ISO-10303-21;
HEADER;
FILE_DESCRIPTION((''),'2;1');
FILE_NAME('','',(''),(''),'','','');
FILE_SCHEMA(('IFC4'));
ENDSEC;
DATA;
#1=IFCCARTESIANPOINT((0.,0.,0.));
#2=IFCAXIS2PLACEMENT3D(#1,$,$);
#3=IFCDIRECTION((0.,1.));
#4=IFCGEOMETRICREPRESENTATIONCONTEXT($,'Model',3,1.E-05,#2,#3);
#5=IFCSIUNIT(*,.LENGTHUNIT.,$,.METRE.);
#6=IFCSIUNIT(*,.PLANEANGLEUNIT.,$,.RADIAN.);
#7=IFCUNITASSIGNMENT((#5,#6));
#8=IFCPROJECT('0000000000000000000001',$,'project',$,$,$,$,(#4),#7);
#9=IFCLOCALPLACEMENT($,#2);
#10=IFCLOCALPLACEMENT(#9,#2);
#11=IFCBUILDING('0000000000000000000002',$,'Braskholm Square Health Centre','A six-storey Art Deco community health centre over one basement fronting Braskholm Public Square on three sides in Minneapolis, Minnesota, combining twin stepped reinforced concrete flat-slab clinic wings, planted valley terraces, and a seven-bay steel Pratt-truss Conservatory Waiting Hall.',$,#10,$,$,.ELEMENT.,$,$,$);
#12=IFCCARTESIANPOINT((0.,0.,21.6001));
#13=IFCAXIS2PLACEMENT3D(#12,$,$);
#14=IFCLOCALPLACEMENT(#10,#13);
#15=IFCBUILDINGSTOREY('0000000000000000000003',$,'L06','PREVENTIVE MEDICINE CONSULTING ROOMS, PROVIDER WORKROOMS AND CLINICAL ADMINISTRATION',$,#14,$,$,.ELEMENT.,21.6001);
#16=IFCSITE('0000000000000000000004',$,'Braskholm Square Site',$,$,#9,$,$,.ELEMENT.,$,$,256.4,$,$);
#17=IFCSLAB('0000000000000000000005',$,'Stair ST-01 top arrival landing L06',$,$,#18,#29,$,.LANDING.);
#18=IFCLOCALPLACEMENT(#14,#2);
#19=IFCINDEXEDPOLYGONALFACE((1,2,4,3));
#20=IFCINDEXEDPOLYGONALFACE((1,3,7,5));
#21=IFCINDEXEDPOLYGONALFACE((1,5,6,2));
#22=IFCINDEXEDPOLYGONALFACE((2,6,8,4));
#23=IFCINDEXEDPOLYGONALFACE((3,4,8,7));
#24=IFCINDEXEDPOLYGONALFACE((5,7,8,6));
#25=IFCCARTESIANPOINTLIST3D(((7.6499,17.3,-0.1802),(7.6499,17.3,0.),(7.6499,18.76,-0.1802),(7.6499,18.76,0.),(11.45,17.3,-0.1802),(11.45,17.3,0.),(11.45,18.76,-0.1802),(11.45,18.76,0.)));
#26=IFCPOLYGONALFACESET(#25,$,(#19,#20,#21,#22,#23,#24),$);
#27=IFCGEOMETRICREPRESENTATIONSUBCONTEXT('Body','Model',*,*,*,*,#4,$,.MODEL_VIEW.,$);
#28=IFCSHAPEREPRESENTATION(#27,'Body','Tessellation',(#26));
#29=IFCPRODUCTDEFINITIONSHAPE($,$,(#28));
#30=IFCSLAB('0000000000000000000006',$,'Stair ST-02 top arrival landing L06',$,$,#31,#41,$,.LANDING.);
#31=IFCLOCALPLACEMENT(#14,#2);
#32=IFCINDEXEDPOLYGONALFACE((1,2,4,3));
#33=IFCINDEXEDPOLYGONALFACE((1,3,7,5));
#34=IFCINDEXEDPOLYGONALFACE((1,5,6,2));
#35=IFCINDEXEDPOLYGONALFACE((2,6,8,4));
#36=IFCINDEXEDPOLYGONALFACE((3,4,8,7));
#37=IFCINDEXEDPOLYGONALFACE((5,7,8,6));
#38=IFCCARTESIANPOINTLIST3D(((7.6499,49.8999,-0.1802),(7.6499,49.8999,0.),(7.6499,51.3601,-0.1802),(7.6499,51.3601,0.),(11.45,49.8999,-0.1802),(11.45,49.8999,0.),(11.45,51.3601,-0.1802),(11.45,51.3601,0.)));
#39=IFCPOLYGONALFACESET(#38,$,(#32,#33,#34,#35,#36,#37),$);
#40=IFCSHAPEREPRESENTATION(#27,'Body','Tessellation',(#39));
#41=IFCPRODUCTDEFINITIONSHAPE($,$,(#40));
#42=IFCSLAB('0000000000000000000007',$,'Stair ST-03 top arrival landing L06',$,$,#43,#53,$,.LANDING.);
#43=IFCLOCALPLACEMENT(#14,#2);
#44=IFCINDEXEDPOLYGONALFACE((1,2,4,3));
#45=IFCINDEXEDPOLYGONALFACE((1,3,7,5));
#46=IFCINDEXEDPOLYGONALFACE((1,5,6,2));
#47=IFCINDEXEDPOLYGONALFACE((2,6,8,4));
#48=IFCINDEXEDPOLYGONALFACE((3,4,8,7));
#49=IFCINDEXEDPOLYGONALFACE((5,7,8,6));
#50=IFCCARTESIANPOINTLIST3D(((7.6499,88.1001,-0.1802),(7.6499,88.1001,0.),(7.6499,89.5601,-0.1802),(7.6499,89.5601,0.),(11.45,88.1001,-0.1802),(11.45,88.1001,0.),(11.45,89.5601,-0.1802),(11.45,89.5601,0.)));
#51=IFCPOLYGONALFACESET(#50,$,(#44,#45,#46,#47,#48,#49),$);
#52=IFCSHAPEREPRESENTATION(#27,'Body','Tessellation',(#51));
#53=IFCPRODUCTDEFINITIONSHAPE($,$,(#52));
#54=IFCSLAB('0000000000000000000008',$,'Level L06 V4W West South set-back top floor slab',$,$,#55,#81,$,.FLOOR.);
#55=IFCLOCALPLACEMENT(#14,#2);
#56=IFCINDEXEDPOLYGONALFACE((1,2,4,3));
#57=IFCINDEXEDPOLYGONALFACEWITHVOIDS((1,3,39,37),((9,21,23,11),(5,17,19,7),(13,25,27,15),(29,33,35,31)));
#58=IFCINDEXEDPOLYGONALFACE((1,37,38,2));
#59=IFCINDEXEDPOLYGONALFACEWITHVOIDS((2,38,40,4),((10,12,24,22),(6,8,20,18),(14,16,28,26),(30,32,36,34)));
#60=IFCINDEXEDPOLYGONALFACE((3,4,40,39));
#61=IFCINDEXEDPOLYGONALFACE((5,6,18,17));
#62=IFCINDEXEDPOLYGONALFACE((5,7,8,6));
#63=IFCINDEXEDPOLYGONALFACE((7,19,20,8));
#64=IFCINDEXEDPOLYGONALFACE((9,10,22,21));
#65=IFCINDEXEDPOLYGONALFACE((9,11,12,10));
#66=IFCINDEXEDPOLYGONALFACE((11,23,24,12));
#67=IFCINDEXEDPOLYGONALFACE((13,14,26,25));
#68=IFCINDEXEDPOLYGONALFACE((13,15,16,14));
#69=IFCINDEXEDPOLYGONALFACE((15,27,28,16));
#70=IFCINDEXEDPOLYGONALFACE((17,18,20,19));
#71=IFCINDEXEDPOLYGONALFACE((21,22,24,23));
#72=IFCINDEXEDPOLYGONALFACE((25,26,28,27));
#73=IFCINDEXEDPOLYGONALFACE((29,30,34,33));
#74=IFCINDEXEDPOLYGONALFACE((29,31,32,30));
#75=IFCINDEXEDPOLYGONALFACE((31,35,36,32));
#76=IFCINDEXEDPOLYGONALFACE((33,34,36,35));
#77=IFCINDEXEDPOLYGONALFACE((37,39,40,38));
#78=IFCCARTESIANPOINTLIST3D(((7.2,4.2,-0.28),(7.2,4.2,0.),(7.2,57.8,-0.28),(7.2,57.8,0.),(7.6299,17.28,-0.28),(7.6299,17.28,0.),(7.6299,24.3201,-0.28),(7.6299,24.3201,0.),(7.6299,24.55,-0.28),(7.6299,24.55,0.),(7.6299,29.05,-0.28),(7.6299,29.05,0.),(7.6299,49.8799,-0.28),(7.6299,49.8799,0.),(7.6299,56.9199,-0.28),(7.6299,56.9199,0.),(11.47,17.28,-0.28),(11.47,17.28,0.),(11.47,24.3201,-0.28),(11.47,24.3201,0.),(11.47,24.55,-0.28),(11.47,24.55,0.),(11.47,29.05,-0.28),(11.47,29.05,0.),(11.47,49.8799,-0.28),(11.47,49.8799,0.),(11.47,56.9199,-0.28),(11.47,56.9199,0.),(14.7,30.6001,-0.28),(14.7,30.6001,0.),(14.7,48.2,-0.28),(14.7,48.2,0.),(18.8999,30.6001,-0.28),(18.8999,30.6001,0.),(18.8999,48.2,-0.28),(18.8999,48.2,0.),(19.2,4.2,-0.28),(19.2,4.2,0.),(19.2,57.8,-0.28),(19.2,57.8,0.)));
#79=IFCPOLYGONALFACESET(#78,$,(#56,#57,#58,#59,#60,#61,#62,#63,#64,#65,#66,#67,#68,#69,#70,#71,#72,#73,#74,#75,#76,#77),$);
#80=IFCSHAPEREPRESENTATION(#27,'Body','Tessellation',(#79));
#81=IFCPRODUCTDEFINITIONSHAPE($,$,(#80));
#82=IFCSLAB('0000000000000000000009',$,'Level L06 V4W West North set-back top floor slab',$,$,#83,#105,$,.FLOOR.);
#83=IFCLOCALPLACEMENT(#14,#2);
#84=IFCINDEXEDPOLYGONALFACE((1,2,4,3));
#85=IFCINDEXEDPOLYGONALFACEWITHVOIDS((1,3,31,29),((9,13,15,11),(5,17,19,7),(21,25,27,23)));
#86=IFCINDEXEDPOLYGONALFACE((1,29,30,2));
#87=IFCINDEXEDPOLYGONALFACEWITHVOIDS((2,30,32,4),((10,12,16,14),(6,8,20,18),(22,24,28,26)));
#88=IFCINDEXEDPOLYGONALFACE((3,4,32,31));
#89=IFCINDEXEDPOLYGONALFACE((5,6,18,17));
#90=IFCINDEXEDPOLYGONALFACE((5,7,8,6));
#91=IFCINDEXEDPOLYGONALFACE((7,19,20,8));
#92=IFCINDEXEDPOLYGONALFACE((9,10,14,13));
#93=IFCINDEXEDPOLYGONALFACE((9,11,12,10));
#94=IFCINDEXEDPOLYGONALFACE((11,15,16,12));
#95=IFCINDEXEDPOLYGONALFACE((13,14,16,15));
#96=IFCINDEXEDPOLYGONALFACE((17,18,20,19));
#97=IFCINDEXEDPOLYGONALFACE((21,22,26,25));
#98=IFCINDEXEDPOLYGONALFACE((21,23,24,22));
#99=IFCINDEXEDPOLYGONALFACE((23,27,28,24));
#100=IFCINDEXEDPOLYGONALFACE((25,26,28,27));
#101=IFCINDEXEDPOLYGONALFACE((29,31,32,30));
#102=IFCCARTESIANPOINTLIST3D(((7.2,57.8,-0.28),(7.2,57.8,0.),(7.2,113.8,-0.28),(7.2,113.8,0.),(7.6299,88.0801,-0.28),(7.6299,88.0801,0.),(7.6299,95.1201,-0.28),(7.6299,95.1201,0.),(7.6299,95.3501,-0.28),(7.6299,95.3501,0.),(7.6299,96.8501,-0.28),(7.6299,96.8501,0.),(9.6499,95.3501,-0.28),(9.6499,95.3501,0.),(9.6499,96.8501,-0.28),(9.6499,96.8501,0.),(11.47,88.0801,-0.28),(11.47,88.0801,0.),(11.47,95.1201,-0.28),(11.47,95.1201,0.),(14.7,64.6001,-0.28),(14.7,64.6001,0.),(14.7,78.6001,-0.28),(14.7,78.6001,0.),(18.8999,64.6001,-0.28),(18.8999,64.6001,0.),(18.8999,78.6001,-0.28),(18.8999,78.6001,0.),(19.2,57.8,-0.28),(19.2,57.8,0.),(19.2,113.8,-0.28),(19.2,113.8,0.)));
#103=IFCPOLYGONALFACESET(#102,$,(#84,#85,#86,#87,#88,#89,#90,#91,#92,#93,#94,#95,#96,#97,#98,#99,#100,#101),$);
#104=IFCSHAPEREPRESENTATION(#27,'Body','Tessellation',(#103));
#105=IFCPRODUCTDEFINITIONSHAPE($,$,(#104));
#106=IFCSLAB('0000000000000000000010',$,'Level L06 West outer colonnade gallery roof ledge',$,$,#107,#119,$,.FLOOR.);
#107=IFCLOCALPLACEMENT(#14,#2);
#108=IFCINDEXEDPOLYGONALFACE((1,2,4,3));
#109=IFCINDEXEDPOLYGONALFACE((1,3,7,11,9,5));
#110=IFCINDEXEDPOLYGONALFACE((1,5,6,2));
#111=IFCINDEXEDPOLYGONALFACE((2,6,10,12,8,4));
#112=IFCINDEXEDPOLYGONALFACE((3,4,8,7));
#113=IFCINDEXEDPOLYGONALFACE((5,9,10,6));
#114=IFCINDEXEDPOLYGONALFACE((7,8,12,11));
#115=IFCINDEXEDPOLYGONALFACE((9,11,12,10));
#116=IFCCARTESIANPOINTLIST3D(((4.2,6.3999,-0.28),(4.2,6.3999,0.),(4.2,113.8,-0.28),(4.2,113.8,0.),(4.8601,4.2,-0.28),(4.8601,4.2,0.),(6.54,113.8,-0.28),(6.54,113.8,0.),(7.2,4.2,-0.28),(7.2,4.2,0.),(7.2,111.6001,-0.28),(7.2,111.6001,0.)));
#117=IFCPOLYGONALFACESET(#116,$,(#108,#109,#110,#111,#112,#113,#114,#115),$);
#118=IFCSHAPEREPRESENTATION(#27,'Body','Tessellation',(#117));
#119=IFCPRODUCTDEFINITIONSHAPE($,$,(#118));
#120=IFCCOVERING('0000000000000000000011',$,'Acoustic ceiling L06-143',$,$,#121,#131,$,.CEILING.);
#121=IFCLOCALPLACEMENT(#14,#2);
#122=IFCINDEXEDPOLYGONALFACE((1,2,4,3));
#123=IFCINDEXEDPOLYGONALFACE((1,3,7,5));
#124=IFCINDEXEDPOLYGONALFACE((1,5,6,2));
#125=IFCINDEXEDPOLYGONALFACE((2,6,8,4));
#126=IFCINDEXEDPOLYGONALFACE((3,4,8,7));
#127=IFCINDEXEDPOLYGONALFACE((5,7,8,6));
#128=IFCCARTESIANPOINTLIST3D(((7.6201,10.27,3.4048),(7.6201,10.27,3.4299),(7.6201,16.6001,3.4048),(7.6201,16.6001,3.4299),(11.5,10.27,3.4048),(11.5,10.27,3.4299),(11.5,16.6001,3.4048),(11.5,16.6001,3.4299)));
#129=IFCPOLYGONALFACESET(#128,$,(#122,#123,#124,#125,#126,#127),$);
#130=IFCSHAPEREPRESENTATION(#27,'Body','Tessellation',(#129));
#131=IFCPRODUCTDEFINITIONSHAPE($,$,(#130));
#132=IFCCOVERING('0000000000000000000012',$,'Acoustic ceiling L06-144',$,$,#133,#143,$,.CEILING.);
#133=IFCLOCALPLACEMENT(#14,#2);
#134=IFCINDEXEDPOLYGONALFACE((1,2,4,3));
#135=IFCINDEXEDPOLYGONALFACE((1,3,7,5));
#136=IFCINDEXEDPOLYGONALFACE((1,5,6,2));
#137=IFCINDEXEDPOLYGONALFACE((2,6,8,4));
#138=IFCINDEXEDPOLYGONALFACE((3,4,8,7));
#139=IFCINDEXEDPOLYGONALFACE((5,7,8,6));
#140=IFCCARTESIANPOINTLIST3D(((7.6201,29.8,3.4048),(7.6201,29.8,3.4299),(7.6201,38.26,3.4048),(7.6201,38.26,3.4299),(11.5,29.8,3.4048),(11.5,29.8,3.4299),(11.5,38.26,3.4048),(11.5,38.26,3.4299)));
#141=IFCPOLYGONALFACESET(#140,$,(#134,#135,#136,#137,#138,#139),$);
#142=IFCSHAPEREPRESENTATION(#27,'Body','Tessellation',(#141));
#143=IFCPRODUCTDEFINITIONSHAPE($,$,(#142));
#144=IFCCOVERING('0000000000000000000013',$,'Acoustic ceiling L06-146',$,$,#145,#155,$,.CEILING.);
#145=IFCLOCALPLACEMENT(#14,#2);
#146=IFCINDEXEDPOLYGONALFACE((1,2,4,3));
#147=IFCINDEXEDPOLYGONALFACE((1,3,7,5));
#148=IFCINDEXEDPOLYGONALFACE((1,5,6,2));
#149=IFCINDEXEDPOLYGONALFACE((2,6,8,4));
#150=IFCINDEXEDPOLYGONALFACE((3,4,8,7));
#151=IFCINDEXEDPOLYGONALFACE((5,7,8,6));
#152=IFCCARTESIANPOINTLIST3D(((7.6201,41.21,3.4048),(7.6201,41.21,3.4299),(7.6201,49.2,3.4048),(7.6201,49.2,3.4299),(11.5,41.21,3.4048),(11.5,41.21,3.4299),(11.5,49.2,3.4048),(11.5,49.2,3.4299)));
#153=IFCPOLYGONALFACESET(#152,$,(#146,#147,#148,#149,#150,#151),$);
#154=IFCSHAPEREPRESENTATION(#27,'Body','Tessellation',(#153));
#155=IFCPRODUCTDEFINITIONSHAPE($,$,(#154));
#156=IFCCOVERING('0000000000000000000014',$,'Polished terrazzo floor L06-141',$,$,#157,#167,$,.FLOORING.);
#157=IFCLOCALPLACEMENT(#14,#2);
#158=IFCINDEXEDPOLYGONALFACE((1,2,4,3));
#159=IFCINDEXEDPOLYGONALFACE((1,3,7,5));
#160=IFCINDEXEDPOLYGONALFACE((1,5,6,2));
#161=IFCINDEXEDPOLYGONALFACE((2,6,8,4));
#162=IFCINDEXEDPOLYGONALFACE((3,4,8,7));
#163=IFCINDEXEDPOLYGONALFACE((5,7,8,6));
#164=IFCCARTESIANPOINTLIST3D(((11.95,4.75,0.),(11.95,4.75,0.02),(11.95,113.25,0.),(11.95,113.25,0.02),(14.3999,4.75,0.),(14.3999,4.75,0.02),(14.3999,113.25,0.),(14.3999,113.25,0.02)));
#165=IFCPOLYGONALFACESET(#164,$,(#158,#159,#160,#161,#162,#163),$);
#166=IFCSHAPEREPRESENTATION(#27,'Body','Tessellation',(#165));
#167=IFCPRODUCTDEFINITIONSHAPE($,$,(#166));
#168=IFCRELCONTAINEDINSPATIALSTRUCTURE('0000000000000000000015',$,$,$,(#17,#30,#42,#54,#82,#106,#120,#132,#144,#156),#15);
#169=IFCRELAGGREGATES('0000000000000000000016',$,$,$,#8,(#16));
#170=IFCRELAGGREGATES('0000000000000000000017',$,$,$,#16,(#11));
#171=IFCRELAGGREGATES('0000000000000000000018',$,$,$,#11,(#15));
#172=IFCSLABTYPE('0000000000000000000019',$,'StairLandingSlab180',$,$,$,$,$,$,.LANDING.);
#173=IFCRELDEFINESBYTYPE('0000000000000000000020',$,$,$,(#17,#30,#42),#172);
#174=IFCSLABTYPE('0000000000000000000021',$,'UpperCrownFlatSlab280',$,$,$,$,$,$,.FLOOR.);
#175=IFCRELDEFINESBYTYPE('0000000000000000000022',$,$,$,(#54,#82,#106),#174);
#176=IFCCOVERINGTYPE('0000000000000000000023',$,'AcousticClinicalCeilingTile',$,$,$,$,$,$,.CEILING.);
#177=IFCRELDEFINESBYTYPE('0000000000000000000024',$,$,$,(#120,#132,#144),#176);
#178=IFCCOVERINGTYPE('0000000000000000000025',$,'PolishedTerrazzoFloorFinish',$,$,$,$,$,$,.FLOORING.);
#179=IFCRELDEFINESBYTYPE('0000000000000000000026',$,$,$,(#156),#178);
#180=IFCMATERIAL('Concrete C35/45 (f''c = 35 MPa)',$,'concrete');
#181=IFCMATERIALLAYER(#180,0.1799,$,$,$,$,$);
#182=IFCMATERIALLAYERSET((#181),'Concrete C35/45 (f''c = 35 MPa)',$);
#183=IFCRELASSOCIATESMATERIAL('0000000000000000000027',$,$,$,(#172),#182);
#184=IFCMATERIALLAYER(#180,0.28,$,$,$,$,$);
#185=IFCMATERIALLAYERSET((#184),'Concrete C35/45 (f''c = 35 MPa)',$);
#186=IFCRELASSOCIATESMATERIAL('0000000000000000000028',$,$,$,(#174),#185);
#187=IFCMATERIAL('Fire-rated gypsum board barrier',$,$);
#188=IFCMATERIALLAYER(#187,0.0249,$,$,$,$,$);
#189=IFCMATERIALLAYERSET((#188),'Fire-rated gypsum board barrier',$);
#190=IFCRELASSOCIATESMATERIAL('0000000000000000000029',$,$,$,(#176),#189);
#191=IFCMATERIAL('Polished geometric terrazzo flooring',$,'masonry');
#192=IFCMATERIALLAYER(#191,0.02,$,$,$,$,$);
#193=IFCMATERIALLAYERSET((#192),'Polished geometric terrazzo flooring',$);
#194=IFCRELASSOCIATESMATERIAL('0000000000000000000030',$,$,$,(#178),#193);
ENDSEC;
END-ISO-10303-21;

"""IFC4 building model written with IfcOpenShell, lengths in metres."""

from ifc_helpers import new_model, si_unit, direction, frame, origin, place, context, subcontext, project, spatial, polyline, outline, extrude, material, layer, layer_set, type_object, element, save


model = new_model("IFC4")

# Units and contexts
model_context = context("Model", 3, precision=1e-05, world=origin(), true_north=direction((0.0, 1.0)))
body_context = subcontext(model_context, "Body", "Model", "MODEL_VIEW")
ifc_project = project(units=[si_unit("LENGTHUNIT", "METRE"), si_unit("PLANEANGLEUNIT", "RADIAN")], contexts=[model_context])

# Site, building, storey
site_placement = place(None, origin())
site = spatial("IfcSite", under=ifc_project, at=site_placement, Name="Braskholm Square Site", CompositionType="ELEMENT", RefElevation=256.4)
building_placement = place(site_placement, origin())
building = spatial("IfcBuilding", under=site, at=building_placement, Name="Braskholm Square Health Centre", Description="A six-storey Art Deco community health centre over one basement fronting Braskholm Public Square on three sides in Minneapolis, Minnesota, combining twin stepped reinforced concrete flat-slab clinic wings, planted valley terraces, and a seven-bay steel Pratt-truss Conservatory Waiting Hall.", CompositionType="ELEMENT")
storey_placement = place(building_placement, frame((0.0, 0.0, 21.6001)))
storey = spatial("IfcBuildingStorey", under=building, at=storey_placement, Name="L06", Description="PREVENTIVE MEDICINE CONSULTING ROOMS, PROVIDER WORKROOMS AND CLINICAL ADMINISTRATION", CompositionType="ELEMENT", Elevation=21.6001)

# Slabs
ifc_material_1 = material(Name="Concrete C35/45 (f'c = 35 MPa)", Category="concrete")
ifc_layer_1 = layer(ifc_material_1, 0.1799)
ifc_layer_set_1 = layer_set([ifc_layer_1], Name="Concrete C35/45 (f'c = 35 MPa)")
slab_type_1 = type_object("IfcSlabType", Name="StairLandingSlab180", PredefinedType="LANDING", material=ifc_layer_set_1)
slab_1_placement = place(storey_placement, frame((0.0, 0.0, -0.1802)))
element("IfcSlab", 1, at=slab_1_placement, inside=storey, type_object=slab_type_1, Name="Stair ST-01 top arrival landing L06", PredefinedType="LANDING", context=body_context, shape_type="SweptSolid", body=[
    extrude(outline(polyline([(7.6499, 17.3), (11.45, 17.3), (11.45, 18.76), (7.6499, 18.76), (7.6499, 17.3)])), origin(), (0.0, 0.0, 1.0), 0.1802),
])
slab_2_placement = place(storey_placement, frame((0.0, 0.0, -0.1802)))
element("IfcSlab", 2, at=slab_2_placement, inside=storey, type_object=slab_type_1, Name="Stair ST-02 top arrival landing L06", PredefinedType="LANDING", context=body_context, shape_type="SweptSolid", body=[
    extrude(outline(polyline([(7.6499, 49.8999), (11.45, 49.8999), (11.45, 51.3601), (7.6499, 51.3601), (7.6499, 49.8999)])), origin(), (0.0, 0.0, 1.0), 0.1802),
])
slab_3_placement = place(storey_placement, frame((0.0, 0.0, -0.1802)))
element("IfcSlab", 3, at=slab_3_placement, inside=storey, type_object=slab_type_1, Name="Stair ST-03 top arrival landing L06", PredefinedType="LANDING", context=body_context, shape_type="SweptSolid", body=[
    extrude(outline(polyline([(7.6499, 88.1001), (11.45, 88.1001), (11.45, 89.5601), (7.6499, 89.5601), (7.6499, 88.1001)])), origin(), (0.0, 0.0, 1.0), 0.1802),
])
ifc_layer_2 = layer(ifc_material_1, 0.28)
ifc_layer_set_2 = layer_set([ifc_layer_2], Name="Concrete C35/45 (f'c = 35 MPa)")
slab_type_2 = type_object("IfcSlabType", Name="UpperCrownFlatSlab280", PredefinedType="FLOOR", material=ifc_layer_set_2)
slab_4_placement = place(storey_placement, frame((0.0, 0.0, -0.28)))
element("IfcSlab", 4, at=slab_4_placement, inside=storey, type_object=slab_type_2, Name="Level L06 V4W West South set-back top floor slab", PredefinedType="FLOOR", context=body_context, shape_type="SweptSolid", body=[
    extrude(outline(polyline([(7.2, 4.2), (19.2, 4.2), (19.2, 57.8), (7.2, 57.8), (7.2, 4.2)]), holes=[polyline([(7.6299, 17.28), (11.47, 17.28), (11.47, 24.3201), (7.6299, 24.3201), (7.6299, 17.28)]), polyline([(7.6299, 24.55), (11.47, 24.55), (11.47, 29.05), (7.6299, 29.05), (7.6299, 24.55)]), polyline([(7.6299, 49.8799), (11.47, 49.8799), (11.47, 56.9199), (7.6299, 56.9199), (7.6299, 49.8799)]), polyline([(14.7, 30.6001), (18.8999, 30.6001), (18.8999, 48.2), (14.7, 48.2), (14.7, 30.6001)])]), origin(), (0.0, 0.0, 1.0), 0.28),
])
slab_5_placement = place(storey_placement, frame((0.0, 0.0, -0.28)))
element("IfcSlab", 5, at=slab_5_placement, inside=storey, type_object=slab_type_2, Name="Level L06 V4W West North set-back top floor slab", PredefinedType="FLOOR", context=body_context, shape_type="SweptSolid", body=[
    extrude(outline(polyline([(7.2, 57.8), (19.2, 57.8), (19.2, 113.8), (7.2, 113.8), (7.2, 57.8)]), holes=[polyline([(7.6299, 88.0801), (11.47, 88.0801), (11.47, 95.1201), (7.6299, 95.1201), (7.6299, 88.0801)]), polyline([(7.6299, 95.3501), (9.6499, 95.3501), (9.6499, 96.8501), (7.6299, 96.8501), (7.6299, 95.3501)]), polyline([(14.7, 64.6001), (18.8999, 64.6001), (18.8999, 78.6001), (14.7, 78.6001), (14.7, 64.6001)])]), origin(), (0.0, 0.0, 1.0), 0.28),
])
slab_6_placement = place(storey_placement, frame((0.0, 0.0, -0.28)))
element("IfcSlab", 6, at=slab_6_placement, inside=storey, type_object=slab_type_2, Name="Level L06 West outer colonnade gallery roof ledge", PredefinedType="FLOOR", context=body_context, shape_type="SweptSolid", body=[
    extrude(outline(polyline([(4.8601, 4.2), (7.2, 4.2), (7.2, 111.6001), (6.54, 113.8), (4.2, 113.8), (4.2, 6.3999), (4.8601, 4.2)])), origin(), (0.0, 0.0, 1.0), 0.28),
])

# Coverings
ifc_material_2 = material(Name="Fire-rated gypsum board barrier")
ifc_layer_3 = layer(ifc_material_2, 0.0249)
ifc_layer_set_3 = layer_set([ifc_layer_3], Name="Fire-rated gypsum board barrier")
covering_type_1 = type_object("IfcCoveringType", Name="AcousticClinicalCeilingTile", PredefinedType="CEILING", material=ifc_layer_set_3)
covering_1_placement = place(storey_placement, frame((0.0, 0.0, 3.4048)))
element("IfcCovering", 7, at=covering_1_placement, inside=storey, type_object=covering_type_1, Name="Acoustic ceiling L06-143", PredefinedType="CEILING", context=body_context, shape_type="SweptSolid", body=[
    extrude(outline(polyline([(7.6201, 10.27), (11.5, 10.27), (11.5, 16.6001), (7.6201, 16.6001), (7.6201, 10.27)])), origin(), (0.0, 0.0, 1.0), 0.0251),
])
covering_2_placement = place(storey_placement, frame((0.0, 0.0, 3.4048)))
element("IfcCovering", 8, at=covering_2_placement, inside=storey, type_object=covering_type_1, Name="Acoustic ceiling L06-144", PredefinedType="CEILING", context=body_context, shape_type="SweptSolid", body=[
    extrude(outline(polyline([(7.6201, 29.8), (11.5, 29.8), (11.5, 38.26), (7.6201, 38.26), (7.6201, 29.8)])), origin(), (0.0, 0.0, 1.0), 0.0251),
])
covering_3_placement = place(storey_placement, frame((0.0, 0.0, 3.4048)))
element("IfcCovering", 9, at=covering_3_placement, inside=storey, type_object=covering_type_1, Name="Acoustic ceiling L06-146", PredefinedType="CEILING", context=body_context, shape_type="SweptSolid", body=[
    extrude(outline(polyline([(7.6201, 41.21), (11.5, 41.21), (11.5, 49.2), (7.6201, 49.2), (7.6201, 41.21)])), origin(), (0.0, 0.0, 1.0), 0.0251),
])
ifc_material_3 = material(Name="Polished geometric terrazzo flooring", Category="masonry")
ifc_layer_4 = layer(ifc_material_3, 0.02)
ifc_layer_set_4 = layer_set([ifc_layer_4], Name="Polished geometric terrazzo flooring")
covering_type_2 = type_object("IfcCoveringType", Name="PolishedTerrazzoFloorFinish", PredefinedType="FLOORING", material=ifc_layer_set_4)
covering_4_placement = place(storey_placement, origin())
element("IfcCovering", 10, at=covering_4_placement, inside=storey, type_object=covering_type_2, Name="Polished terrazzo floor L06-141", PredefinedType="FLOORING", context=body_context, shape_type="SweptSolid", body=[
    extrude(outline(polyline([(11.95, 4.75), (14.3999, 4.75), (14.3999, 113.25), (11.95, 113.25), (11.95, 4.75)])), origin(), (0.0, 0.0, 1.0), 0.02),
])

save(model, "model.ifc")
